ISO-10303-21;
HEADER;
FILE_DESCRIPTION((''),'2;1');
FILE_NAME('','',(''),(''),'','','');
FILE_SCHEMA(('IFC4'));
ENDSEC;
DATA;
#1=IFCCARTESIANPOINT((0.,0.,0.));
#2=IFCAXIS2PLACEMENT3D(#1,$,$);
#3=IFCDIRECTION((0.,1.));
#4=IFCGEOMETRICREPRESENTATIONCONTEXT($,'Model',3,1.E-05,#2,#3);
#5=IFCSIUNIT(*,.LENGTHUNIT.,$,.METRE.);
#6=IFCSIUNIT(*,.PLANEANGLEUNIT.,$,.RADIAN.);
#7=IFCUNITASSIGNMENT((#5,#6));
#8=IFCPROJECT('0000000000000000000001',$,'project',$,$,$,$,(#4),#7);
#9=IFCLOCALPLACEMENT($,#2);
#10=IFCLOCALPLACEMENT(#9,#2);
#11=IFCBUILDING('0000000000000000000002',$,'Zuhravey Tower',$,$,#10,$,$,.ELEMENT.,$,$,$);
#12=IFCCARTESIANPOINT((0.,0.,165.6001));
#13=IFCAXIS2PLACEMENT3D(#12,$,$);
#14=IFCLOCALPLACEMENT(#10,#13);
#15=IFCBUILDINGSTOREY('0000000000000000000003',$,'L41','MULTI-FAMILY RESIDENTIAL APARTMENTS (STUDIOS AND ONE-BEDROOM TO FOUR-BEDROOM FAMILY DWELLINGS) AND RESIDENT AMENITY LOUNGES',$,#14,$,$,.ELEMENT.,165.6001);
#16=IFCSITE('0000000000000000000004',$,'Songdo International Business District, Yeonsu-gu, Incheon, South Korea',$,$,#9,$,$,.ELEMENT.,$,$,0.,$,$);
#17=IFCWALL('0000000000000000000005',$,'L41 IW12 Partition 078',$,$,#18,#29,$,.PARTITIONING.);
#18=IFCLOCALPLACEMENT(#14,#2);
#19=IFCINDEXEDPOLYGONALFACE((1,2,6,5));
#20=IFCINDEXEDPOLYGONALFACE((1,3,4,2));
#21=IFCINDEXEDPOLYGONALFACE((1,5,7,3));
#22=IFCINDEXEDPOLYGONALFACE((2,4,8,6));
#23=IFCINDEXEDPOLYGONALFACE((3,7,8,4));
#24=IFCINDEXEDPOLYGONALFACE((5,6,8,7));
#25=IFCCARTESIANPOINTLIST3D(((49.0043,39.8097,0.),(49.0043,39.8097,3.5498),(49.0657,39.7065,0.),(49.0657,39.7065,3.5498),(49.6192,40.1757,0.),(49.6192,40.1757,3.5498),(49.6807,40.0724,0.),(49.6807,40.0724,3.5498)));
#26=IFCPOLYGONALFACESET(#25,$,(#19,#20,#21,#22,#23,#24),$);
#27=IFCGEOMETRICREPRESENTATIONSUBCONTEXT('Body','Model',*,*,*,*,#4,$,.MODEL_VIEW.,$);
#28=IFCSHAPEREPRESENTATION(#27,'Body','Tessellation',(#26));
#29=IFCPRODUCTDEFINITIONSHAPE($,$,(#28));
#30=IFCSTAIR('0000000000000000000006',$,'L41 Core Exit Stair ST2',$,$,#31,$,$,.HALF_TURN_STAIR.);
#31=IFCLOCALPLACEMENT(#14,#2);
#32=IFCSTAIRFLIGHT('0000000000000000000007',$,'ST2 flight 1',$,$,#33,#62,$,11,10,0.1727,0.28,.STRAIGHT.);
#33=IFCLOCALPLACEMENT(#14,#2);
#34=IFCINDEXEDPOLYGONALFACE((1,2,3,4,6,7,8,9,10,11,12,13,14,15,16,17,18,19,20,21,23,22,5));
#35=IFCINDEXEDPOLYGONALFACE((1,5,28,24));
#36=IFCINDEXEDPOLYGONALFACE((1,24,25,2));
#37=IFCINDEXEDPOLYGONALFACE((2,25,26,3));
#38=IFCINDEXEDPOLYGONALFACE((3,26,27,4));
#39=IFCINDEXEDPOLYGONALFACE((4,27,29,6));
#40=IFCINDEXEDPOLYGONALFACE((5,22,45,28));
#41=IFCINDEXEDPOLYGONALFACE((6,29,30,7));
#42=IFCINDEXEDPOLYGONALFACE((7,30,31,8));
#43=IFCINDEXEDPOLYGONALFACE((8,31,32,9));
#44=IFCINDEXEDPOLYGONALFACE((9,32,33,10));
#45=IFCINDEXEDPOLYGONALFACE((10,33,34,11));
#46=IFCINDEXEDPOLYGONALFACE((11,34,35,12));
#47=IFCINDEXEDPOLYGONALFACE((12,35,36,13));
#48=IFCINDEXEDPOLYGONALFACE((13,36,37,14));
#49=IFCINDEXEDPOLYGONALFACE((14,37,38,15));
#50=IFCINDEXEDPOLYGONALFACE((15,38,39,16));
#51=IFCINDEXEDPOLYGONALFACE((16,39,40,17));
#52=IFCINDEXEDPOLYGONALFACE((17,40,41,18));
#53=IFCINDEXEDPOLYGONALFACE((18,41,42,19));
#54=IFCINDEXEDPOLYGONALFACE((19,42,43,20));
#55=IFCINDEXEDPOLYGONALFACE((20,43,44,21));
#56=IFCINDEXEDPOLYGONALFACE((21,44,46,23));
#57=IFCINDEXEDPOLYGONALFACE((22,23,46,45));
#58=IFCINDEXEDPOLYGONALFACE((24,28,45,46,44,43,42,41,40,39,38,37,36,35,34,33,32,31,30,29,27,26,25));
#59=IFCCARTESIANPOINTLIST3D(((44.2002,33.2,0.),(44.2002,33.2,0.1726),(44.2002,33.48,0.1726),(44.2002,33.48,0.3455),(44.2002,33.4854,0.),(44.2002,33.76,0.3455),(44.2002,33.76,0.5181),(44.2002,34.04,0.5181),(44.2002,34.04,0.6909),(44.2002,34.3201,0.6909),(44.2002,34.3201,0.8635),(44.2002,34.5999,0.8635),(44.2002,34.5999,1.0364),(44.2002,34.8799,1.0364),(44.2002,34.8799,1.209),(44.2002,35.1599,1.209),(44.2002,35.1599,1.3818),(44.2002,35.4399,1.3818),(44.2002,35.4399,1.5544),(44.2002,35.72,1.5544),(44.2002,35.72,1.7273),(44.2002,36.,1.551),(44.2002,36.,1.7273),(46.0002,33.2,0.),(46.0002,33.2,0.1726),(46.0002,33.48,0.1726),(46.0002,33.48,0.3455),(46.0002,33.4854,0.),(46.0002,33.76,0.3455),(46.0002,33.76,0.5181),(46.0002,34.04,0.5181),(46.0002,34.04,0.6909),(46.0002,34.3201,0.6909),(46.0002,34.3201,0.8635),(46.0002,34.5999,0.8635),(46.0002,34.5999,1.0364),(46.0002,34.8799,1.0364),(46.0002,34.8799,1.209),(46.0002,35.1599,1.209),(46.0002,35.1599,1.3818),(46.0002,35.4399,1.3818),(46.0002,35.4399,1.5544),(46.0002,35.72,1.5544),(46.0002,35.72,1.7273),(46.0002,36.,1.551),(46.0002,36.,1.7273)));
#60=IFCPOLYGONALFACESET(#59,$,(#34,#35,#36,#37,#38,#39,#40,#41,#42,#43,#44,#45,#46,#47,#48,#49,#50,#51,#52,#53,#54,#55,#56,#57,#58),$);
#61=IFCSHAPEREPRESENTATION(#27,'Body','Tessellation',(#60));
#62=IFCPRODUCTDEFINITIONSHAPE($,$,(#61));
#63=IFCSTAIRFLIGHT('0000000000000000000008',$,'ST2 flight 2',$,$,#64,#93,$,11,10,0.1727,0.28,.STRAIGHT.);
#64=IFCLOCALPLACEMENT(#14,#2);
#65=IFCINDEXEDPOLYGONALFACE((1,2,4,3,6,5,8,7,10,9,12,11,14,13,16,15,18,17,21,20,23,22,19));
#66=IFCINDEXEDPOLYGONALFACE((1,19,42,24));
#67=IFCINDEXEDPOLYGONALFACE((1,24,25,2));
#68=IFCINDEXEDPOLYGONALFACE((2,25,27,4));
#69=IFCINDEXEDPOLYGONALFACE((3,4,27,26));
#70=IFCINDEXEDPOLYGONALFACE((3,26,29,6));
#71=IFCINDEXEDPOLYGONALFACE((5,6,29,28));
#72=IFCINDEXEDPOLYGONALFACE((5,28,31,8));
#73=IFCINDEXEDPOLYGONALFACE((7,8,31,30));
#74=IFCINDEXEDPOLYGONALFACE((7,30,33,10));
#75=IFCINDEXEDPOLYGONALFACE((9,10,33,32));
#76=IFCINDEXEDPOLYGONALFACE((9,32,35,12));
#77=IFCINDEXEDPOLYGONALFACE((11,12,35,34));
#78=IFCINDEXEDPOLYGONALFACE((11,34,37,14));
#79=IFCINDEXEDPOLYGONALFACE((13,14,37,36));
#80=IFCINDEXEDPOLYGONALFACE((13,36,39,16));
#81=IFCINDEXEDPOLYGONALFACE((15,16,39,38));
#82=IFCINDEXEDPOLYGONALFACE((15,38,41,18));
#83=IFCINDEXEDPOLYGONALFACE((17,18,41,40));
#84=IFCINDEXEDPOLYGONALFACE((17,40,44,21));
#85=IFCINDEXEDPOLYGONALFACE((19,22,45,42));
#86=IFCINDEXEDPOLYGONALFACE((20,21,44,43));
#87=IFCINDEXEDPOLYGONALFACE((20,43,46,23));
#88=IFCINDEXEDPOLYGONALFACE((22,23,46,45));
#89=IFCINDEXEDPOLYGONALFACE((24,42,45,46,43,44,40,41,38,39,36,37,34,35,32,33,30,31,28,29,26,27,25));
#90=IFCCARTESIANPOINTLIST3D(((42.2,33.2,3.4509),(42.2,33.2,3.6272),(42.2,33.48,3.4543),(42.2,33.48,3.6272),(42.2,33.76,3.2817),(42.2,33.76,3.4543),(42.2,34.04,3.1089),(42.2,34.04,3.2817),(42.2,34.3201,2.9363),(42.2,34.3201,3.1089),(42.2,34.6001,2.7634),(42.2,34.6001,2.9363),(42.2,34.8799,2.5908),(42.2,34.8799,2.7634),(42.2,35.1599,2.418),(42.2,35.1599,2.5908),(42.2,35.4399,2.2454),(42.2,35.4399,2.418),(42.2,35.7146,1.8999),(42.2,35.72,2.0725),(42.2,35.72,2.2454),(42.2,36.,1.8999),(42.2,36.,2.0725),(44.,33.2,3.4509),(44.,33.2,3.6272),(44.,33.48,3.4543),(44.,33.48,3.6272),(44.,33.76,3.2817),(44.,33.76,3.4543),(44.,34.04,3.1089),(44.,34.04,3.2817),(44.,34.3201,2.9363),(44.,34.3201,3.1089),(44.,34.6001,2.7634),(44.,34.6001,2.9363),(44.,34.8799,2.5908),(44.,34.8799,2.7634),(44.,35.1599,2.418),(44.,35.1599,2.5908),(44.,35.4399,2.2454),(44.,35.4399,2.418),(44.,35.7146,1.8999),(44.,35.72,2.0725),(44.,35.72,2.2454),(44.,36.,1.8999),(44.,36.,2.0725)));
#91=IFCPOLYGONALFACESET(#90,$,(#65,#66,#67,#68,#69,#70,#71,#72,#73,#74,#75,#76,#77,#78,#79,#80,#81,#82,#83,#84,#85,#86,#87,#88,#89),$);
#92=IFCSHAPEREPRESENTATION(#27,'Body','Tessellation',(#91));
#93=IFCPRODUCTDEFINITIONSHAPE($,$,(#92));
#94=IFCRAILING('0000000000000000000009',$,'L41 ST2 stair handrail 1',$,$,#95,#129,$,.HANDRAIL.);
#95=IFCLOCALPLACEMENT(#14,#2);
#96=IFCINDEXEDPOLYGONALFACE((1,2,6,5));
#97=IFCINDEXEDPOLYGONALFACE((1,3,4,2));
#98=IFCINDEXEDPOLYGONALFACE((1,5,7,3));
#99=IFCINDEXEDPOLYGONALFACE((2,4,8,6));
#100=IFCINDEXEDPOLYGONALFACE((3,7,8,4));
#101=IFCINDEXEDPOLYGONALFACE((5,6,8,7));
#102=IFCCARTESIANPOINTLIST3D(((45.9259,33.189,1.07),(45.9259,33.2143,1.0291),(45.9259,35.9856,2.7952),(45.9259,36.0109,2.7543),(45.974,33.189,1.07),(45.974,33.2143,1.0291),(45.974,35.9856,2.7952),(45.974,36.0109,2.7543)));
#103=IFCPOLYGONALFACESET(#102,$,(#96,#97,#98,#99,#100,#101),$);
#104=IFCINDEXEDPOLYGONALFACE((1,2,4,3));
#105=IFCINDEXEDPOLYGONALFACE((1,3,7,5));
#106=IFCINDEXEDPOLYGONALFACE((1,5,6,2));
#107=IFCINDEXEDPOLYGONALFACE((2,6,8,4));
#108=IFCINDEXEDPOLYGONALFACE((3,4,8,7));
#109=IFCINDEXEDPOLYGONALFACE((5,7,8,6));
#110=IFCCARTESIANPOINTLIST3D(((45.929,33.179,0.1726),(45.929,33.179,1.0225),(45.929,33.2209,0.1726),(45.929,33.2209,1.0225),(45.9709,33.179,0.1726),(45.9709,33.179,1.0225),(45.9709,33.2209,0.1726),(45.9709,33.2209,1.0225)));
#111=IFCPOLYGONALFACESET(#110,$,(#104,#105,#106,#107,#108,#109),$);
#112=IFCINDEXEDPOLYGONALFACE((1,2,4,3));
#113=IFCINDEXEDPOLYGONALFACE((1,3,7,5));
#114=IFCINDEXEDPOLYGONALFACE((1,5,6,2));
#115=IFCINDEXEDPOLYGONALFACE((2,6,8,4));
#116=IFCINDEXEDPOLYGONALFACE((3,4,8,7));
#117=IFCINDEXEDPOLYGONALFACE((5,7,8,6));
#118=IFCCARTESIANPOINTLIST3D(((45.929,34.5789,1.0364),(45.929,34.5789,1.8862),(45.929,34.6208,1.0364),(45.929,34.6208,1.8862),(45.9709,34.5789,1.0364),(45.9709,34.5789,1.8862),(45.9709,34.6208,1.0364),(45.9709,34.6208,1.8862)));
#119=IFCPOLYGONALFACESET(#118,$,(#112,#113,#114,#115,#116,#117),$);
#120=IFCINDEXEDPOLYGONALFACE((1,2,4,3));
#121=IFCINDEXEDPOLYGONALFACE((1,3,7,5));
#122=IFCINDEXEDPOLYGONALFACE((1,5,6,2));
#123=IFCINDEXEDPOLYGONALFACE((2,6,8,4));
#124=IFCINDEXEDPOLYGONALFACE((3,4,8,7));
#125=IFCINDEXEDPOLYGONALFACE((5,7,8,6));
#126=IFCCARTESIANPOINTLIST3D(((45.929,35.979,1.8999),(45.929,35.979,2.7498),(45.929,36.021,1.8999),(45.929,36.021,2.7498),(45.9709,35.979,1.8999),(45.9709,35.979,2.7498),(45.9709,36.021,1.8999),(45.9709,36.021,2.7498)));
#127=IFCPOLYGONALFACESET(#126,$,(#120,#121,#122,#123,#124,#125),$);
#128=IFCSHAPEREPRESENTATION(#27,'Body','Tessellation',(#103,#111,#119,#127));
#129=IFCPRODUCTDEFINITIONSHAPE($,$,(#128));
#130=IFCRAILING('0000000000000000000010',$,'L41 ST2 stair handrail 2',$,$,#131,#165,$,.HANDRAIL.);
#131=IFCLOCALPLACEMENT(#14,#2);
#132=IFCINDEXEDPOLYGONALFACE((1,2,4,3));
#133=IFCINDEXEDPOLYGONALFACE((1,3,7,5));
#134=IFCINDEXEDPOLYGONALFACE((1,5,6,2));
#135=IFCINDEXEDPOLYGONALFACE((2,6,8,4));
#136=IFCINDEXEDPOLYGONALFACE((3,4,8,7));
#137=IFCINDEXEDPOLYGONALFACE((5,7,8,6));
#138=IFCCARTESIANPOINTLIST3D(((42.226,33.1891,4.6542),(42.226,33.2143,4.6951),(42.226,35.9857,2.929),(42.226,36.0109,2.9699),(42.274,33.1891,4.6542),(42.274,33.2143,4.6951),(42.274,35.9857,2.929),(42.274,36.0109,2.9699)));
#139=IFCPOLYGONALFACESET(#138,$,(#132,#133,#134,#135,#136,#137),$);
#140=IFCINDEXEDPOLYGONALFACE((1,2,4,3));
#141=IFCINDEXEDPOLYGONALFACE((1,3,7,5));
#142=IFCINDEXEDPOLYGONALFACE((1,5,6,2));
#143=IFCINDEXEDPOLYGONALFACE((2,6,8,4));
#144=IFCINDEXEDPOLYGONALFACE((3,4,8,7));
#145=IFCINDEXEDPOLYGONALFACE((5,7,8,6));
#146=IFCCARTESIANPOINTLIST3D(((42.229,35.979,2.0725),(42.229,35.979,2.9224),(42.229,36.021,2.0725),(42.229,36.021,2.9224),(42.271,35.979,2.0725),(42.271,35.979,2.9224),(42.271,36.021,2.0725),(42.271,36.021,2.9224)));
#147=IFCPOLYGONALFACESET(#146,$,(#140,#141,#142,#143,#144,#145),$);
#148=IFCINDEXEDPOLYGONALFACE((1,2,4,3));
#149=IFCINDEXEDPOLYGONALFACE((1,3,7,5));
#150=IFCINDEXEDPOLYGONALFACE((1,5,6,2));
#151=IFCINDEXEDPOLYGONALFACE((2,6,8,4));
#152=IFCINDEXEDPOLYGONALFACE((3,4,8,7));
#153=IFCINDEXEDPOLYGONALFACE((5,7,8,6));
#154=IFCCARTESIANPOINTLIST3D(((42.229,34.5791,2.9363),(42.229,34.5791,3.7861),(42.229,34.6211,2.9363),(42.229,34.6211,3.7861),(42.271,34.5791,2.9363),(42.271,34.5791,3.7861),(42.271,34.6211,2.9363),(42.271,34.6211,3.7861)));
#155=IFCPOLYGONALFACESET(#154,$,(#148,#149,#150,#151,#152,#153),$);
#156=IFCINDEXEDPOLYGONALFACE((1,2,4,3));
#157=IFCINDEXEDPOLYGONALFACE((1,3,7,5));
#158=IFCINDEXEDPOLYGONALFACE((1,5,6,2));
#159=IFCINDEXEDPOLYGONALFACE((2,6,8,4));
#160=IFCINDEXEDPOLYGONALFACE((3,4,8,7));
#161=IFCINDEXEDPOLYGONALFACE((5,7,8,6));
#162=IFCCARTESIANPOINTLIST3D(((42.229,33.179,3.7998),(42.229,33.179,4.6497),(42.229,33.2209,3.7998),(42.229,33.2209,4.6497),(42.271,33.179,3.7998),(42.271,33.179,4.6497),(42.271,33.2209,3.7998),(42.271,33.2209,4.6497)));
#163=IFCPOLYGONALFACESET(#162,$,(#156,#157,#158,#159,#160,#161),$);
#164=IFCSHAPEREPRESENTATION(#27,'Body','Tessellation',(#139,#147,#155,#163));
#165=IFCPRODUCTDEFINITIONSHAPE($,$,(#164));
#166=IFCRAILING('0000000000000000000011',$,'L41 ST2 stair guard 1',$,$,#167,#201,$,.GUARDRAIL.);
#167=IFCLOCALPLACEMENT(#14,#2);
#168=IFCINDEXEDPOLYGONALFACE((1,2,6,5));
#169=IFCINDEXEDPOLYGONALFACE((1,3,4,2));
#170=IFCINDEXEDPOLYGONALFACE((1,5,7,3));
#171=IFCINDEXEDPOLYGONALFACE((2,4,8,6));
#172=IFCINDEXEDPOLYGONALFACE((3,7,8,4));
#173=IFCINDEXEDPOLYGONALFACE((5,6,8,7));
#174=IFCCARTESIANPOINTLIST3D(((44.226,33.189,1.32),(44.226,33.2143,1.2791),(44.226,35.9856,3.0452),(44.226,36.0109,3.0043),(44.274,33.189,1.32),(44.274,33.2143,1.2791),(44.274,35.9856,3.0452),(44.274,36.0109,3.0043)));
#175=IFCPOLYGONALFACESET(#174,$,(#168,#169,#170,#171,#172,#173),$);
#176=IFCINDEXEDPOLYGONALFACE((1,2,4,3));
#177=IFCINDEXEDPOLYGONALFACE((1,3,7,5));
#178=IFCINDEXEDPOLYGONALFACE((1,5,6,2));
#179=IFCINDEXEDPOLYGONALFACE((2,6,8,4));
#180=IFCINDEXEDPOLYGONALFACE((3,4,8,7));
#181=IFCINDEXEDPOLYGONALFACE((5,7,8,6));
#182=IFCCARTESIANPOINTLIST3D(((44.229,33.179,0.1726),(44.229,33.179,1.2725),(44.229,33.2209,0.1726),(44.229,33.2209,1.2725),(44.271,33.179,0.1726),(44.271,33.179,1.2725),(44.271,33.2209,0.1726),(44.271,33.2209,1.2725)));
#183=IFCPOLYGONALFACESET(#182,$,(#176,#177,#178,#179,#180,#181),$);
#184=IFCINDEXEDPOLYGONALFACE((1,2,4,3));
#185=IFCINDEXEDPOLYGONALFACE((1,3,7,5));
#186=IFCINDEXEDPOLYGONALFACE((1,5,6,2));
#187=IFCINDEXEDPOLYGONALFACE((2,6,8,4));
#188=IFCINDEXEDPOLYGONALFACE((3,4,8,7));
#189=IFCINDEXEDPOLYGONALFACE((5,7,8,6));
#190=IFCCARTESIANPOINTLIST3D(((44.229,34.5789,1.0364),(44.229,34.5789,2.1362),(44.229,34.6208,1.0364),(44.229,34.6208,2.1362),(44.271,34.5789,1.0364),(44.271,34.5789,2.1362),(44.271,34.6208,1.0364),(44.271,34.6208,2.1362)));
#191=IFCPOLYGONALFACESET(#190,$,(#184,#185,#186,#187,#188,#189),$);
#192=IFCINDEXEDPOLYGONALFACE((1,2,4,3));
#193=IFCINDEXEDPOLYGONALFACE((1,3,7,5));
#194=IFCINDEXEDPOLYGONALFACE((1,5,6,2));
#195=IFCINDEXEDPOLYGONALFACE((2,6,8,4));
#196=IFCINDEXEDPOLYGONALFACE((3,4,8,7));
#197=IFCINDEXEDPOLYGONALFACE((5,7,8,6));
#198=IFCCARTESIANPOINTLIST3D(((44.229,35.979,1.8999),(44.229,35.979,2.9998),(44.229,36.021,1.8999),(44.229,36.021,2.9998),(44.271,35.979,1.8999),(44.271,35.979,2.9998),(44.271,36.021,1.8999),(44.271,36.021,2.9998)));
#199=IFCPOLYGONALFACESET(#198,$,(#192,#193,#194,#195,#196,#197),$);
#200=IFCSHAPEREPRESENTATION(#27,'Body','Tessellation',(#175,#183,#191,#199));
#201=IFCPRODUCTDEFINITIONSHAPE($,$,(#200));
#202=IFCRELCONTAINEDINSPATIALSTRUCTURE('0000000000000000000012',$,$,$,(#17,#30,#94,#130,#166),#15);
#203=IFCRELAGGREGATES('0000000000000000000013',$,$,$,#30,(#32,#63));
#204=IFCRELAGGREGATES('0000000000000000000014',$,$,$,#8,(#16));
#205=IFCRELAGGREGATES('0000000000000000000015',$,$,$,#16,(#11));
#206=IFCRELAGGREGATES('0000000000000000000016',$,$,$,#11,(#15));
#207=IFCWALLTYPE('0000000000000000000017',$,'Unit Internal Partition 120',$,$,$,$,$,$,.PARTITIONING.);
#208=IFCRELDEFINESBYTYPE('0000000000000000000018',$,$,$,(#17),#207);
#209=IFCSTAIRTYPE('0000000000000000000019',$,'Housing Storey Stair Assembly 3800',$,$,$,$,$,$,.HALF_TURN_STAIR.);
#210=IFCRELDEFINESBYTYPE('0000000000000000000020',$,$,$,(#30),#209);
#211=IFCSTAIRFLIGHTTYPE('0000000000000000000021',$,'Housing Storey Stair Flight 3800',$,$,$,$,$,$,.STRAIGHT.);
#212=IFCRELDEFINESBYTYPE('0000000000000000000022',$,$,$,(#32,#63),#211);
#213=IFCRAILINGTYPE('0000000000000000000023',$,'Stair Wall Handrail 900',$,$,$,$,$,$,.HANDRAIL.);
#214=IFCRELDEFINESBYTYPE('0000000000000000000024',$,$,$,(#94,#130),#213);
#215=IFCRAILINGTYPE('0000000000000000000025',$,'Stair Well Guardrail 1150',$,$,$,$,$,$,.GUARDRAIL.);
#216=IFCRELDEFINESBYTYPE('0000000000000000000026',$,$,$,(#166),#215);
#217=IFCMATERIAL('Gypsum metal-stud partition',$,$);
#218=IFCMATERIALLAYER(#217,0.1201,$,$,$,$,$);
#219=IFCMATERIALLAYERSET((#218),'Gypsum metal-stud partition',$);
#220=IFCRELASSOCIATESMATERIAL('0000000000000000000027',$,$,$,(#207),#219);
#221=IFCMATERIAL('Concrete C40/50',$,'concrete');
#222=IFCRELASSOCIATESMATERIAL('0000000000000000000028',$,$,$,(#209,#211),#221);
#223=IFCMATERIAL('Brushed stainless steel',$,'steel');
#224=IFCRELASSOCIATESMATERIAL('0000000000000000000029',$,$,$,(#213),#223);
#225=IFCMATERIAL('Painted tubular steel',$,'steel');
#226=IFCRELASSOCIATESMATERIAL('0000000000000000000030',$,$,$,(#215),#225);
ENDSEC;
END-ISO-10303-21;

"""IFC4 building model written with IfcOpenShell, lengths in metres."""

from ifc_helpers import new_model, si_unit, direction, frame, frame_2d, origin, origin_2d, place, context, subcontext, project, spatial, polyline, rectangle, outline, extrude, material, layer, layer_set, type_object, element, aggregate, save


model = new_model("IFC4")

# Units and contexts
model_context = context("Model", 3, precision=1e-05, world=origin(), true_north=direction((0.0, 1.0)))
body_context = subcontext(model_context, "Body", "Model", "MODEL_VIEW")
ifc_project = project(units=[si_unit("LENGTHUNIT", "METRE"), si_unit("PLANEANGLEUNIT", "RADIAN")], contexts=[model_context])

# Site, building, storey
site_placement = place(None, origin())
site = spatial("IfcSite", under=ifc_project, at=site_placement, Name="Songdo International Business District, Yeonsu-gu, Incheon, South Korea", CompositionType="ELEMENT", RefElevation=0.0)
building_placement = place(site_placement, origin())
building = spatial("IfcBuilding", under=site, at=building_placement, Name="Zuhravey Tower", CompositionType="ELEMENT")
storey_placement = place(building_placement, frame((0.0, 0.0, 165.6001)))
storey = spatial("IfcBuildingStorey", under=building, at=storey_placement, Name="L41", Description="MULTI-FAMILY RESIDENTIAL APARTMENTS (STUDIOS AND ONE-BEDROOM TO FOUR-BEDROOM FAMILY DWELLINGS) AND RESIDENT AMENITY LOUNGES", CompositionType="ELEMENT", Elevation=165.6001)

# Wall
ifc_material_1 = material(Name="Gypsum metal-stud partition")
ifc_layer_1 = layer(ifc_material_1, 0.1201)
ifc_layer_set_1 = layer_set([ifc_layer_1], Name="Gypsum metal-stud partition")
wall_type_1 = type_object("IfcWallType", Name="Unit Internal Partition 120", PredefinedType="PARTITIONING", material=ifc_layer_set_1)
wall_1_placement = place(storey_placement, frame((49.0349, 39.7581, 0.0), z_axis=(0.0, 0.0, 1.0), x_axis=(0.859354, 0.511382, 0.0)))
element("IfcWall", 1, at=wall_1_placement, inside=storey, type_object=wall_type_1, Name="L41 IW12 Partition 078", PredefinedType="PARTITIONING", context=body_context, shape_type="SweptSolid", body=[
    extrude(rectangle(XDim=0.7156, YDim=0.1201, at=frame_2d((0.3579, 0.0))), origin(), (0.0, 0.0, 1.0), 3.5498),
])

# Stair, stair flights
ifc_material_2 = material(Name="Concrete C40/50", Category="concrete")
stair_type = type_object("IfcStairType", Name="Housing Storey Stair Assembly 3800", PredefinedType="HALF_TURN_STAIR", material=ifc_material_2)
stair_placement = place(storey_placement, origin())
stair = element("IfcStair", 2, at=stair_placement, inside=storey, type_object=stair_type, Name="L41 Core Exit Stair ST2", PredefinedType="HALF_TURN_STAIR")
stair_flight_type = type_object("IfcStairFlightType", Name="Housing Storey Stair Flight 3800", PredefinedType="STRAIGHT", material=ifc_material_2)
stair_flight_1_placement = place(storey_placement, frame((45.1001, 33.2, 0.0), z_axis=(0.0, 0.0, 1.0), x_axis=(0.0, 1.0, 0.0)))
stair_flight_1 = element("IfcStairFlight", 3, at=stair_flight_1_placement, type_object=stair_flight_type, Name="ST2 flight 1", NumberOfRisers=11, NumberOfTreads=10, PredefinedType="STRAIGHT", RiserHeight=0.1727, TreadLength=0.28, context=body_context, shape_type="SweptSolid", body=[
    extrude(outline(polyline([(0.0, 0.0), (0.0, 0.1726), (0.28, 0.1726), (0.28, 0.3455), (0.5601, 0.3455), (0.5601, 0.5181), (0.8401, 0.5181), (0.8401, 0.6909), (1.1201, 0.6909), (1.1201, 0.8635), (1.3999, 0.8635), (1.3999, 1.0364), (1.6799, 1.0364), (1.6799, 1.209), (1.96, 1.209), (1.96, 1.3818), (2.24, 1.3818), (2.24, 1.5544), (2.52, 1.5544), (2.52, 1.7273), (2.8, 1.7273), (2.8, 1.8999), (2.8, 1.551), (0.2854, 0.0), (0.0, 0.0)])), frame((0.0, 0.8999, 0.0), z_axis=(0.0, -1.0, 0.0), x_axis=(1.0, 0.0, 0.0)), (0.0, 0.0, 1.0), 1.8),
])
stair_flight_2_placement = place(storey_placement, frame((43.1001, 36.0, 1.8999), z_axis=(0.0, 0.0, 1.0), x_axis=(0.0, -1.0, 0.0)))
stair_flight_2 = element("IfcStairFlight", 4, at=stair_flight_2_placement, type_object=stair_flight_type, Name="ST2 flight 2", NumberOfRisers=11, NumberOfTreads=10, PredefinedType="STRAIGHT", RiserHeight=0.1727, TreadLength=0.28, context=body_context, shape_type="SweptSolid", body=[
    extrude(outline(polyline([(0.0, 0.0), (0.0, 0.1726), (0.28, 0.1726), (0.28, 0.3455), (0.5601, 0.3455), (0.5601, 0.5181), (0.8401, 0.5181), (0.8401, 0.6909), (1.1201, 0.6909), (1.1201, 0.8635), (1.3999, 0.8635), (1.3999, 1.0364), (1.6799, 1.0364), (1.6799, 1.209), (1.96, 1.209), (1.96, 1.3818), (2.24, 1.3818), (2.24, 1.5544), (2.52, 1.5544), (2.52, 1.7273), (2.8, 1.7273), (2.8, 1.8999), (2.8, 1.551), (0.2854, 0.0), (0.0, 0.0)])), frame((0.0, 0.8999, 0.0), z_axis=(0.0, -1.0, 0.0), x_axis=(1.0, 0.0, 0.0)), (0.0, 0.0, 1.0), 1.8),
])
aggregate(stair, [stair_flight_1, stair_flight_2])

# Railings
ifc_material_3 = material(Name="Brushed stainless steel", Category="steel")
railing_type_1 = type_object("IfcRailingType", Name="Stair Wall Handrail 900", PredefinedType="HANDRAIL", material=ifc_material_3)
railing_1_placement = place(storey_placement, frame((45.95, 33.2, 0.1726)))
element("IfcRailing", 5, at=railing_1_placement, inside=storey, type_object=railing_type_1, Name="L41 ST2 stair handrail 1", PredefinedType="HANDRAIL", context=body_context, shape_type="SweptSolid", body=[
    extrude(rectangle(XDim=0.0481, YDim=0.0481, at=origin_2d()), frame((0.0, 0.0017, 0.877), z_axis=(0.0, 0.85109, 0.52502), x_axis=(-1.0, 0.0, 0.0)), (0.0, 0.0, 1.0), 3.2859),
    extrude(rectangle(XDim=0.042, YDim=0.042, at=origin_2d()), origin(), (0.0, 0.0, 1.0), 0.8499),
    extrude(rectangle(XDim=0.042, YDim=0.042, at=origin_2d()), frame((0.0, 1.3999, 0.8638)), (0.0, 0.0, 1.0), 0.8499),
    extrude(rectangle(XDim=0.042, YDim=0.042, at=origin_2d()), frame((0.0, 2.8, 1.7273)), (0.0, 0.0, 1.0), 0.8499),
])
railing_2_placement = place(storey_placement, frame((42.25, 36.0, 2.0725)))
element("IfcRailing", 6, at=railing_2_placement, inside=storey, type_object=railing_type_1, Name="L41 ST2 stair handrail 2", PredefinedType="HANDRAIL", context=body_context, shape_type="SweptSolid", body=[
    extrude(rectangle(XDim=0.0481, YDim=0.0481, at=origin_2d()), frame((0.0, -0.0017, 0.877), z_axis=(0.0, -0.85109, 0.52502), x_axis=(1.0, 0.0, 0.0)), (0.0, 0.0, 1.0), 3.2859),
    extrude(rectangle(XDim=0.042, YDim=0.042, at=origin_2d()), origin(), (0.0, 0.0, 1.0), 0.8499),
    extrude(rectangle(XDim=0.042, YDim=0.042, at=origin_2d()), frame((0.0, -1.3999, 0.8638)), (0.0, 0.0, 1.0), 0.8499),
    extrude(rectangle(XDim=0.042, YDim=0.042, at=origin_2d()), frame((0.0, -2.8, 1.7273)), (0.0, 0.0, 1.0), 0.8499),
])
ifc_material_4 = material(Name="Painted tubular steel", Category="steel")
railing_type_2 = type_object("IfcRailingType", Name="Stair Well Guardrail 1150", PredefinedType="GUARDRAIL", material=ifc_material_4)
railing_3_placement = place(storey_placement, frame((44.25, 33.2, 0.1726)))
element("IfcRailing", 7, at=railing_3_placement, inside=storey, type_object=railing_type_2, Name="L41 ST2 stair guard 1", PredefinedType="GUARDRAIL", context=body_context, shape_type="SweptSolid", body=[
    extrude(rectangle(XDim=0.0481, YDim=0.0481, at=origin_2d()), frame((0.0, 0.0017, 1.127), z_axis=(0.0, 0.85109, 0.52502), x_axis=(-1.0, 0.0, 0.0)), (0.0, 0.0, 1.0), 3.2859),
    extrude(rectangle(XDim=0.042, YDim=0.042, at=origin_2d()), origin(), (0.0, 0.0, 1.0), 1.0999),
    extrude(rectangle(XDim=0.042, YDim=0.042, at=origin_2d()), frame((0.0, 1.3999, 0.8638)), (0.0, 0.0, 1.0), 1.0999),
    extrude(rectangle(XDim=0.042, YDim=0.042, at=origin_2d()), frame((0.0, 2.8, 1.7273)), (0.0, 0.0, 1.0), 1.0999),
])

save(model, "model.ifc")
